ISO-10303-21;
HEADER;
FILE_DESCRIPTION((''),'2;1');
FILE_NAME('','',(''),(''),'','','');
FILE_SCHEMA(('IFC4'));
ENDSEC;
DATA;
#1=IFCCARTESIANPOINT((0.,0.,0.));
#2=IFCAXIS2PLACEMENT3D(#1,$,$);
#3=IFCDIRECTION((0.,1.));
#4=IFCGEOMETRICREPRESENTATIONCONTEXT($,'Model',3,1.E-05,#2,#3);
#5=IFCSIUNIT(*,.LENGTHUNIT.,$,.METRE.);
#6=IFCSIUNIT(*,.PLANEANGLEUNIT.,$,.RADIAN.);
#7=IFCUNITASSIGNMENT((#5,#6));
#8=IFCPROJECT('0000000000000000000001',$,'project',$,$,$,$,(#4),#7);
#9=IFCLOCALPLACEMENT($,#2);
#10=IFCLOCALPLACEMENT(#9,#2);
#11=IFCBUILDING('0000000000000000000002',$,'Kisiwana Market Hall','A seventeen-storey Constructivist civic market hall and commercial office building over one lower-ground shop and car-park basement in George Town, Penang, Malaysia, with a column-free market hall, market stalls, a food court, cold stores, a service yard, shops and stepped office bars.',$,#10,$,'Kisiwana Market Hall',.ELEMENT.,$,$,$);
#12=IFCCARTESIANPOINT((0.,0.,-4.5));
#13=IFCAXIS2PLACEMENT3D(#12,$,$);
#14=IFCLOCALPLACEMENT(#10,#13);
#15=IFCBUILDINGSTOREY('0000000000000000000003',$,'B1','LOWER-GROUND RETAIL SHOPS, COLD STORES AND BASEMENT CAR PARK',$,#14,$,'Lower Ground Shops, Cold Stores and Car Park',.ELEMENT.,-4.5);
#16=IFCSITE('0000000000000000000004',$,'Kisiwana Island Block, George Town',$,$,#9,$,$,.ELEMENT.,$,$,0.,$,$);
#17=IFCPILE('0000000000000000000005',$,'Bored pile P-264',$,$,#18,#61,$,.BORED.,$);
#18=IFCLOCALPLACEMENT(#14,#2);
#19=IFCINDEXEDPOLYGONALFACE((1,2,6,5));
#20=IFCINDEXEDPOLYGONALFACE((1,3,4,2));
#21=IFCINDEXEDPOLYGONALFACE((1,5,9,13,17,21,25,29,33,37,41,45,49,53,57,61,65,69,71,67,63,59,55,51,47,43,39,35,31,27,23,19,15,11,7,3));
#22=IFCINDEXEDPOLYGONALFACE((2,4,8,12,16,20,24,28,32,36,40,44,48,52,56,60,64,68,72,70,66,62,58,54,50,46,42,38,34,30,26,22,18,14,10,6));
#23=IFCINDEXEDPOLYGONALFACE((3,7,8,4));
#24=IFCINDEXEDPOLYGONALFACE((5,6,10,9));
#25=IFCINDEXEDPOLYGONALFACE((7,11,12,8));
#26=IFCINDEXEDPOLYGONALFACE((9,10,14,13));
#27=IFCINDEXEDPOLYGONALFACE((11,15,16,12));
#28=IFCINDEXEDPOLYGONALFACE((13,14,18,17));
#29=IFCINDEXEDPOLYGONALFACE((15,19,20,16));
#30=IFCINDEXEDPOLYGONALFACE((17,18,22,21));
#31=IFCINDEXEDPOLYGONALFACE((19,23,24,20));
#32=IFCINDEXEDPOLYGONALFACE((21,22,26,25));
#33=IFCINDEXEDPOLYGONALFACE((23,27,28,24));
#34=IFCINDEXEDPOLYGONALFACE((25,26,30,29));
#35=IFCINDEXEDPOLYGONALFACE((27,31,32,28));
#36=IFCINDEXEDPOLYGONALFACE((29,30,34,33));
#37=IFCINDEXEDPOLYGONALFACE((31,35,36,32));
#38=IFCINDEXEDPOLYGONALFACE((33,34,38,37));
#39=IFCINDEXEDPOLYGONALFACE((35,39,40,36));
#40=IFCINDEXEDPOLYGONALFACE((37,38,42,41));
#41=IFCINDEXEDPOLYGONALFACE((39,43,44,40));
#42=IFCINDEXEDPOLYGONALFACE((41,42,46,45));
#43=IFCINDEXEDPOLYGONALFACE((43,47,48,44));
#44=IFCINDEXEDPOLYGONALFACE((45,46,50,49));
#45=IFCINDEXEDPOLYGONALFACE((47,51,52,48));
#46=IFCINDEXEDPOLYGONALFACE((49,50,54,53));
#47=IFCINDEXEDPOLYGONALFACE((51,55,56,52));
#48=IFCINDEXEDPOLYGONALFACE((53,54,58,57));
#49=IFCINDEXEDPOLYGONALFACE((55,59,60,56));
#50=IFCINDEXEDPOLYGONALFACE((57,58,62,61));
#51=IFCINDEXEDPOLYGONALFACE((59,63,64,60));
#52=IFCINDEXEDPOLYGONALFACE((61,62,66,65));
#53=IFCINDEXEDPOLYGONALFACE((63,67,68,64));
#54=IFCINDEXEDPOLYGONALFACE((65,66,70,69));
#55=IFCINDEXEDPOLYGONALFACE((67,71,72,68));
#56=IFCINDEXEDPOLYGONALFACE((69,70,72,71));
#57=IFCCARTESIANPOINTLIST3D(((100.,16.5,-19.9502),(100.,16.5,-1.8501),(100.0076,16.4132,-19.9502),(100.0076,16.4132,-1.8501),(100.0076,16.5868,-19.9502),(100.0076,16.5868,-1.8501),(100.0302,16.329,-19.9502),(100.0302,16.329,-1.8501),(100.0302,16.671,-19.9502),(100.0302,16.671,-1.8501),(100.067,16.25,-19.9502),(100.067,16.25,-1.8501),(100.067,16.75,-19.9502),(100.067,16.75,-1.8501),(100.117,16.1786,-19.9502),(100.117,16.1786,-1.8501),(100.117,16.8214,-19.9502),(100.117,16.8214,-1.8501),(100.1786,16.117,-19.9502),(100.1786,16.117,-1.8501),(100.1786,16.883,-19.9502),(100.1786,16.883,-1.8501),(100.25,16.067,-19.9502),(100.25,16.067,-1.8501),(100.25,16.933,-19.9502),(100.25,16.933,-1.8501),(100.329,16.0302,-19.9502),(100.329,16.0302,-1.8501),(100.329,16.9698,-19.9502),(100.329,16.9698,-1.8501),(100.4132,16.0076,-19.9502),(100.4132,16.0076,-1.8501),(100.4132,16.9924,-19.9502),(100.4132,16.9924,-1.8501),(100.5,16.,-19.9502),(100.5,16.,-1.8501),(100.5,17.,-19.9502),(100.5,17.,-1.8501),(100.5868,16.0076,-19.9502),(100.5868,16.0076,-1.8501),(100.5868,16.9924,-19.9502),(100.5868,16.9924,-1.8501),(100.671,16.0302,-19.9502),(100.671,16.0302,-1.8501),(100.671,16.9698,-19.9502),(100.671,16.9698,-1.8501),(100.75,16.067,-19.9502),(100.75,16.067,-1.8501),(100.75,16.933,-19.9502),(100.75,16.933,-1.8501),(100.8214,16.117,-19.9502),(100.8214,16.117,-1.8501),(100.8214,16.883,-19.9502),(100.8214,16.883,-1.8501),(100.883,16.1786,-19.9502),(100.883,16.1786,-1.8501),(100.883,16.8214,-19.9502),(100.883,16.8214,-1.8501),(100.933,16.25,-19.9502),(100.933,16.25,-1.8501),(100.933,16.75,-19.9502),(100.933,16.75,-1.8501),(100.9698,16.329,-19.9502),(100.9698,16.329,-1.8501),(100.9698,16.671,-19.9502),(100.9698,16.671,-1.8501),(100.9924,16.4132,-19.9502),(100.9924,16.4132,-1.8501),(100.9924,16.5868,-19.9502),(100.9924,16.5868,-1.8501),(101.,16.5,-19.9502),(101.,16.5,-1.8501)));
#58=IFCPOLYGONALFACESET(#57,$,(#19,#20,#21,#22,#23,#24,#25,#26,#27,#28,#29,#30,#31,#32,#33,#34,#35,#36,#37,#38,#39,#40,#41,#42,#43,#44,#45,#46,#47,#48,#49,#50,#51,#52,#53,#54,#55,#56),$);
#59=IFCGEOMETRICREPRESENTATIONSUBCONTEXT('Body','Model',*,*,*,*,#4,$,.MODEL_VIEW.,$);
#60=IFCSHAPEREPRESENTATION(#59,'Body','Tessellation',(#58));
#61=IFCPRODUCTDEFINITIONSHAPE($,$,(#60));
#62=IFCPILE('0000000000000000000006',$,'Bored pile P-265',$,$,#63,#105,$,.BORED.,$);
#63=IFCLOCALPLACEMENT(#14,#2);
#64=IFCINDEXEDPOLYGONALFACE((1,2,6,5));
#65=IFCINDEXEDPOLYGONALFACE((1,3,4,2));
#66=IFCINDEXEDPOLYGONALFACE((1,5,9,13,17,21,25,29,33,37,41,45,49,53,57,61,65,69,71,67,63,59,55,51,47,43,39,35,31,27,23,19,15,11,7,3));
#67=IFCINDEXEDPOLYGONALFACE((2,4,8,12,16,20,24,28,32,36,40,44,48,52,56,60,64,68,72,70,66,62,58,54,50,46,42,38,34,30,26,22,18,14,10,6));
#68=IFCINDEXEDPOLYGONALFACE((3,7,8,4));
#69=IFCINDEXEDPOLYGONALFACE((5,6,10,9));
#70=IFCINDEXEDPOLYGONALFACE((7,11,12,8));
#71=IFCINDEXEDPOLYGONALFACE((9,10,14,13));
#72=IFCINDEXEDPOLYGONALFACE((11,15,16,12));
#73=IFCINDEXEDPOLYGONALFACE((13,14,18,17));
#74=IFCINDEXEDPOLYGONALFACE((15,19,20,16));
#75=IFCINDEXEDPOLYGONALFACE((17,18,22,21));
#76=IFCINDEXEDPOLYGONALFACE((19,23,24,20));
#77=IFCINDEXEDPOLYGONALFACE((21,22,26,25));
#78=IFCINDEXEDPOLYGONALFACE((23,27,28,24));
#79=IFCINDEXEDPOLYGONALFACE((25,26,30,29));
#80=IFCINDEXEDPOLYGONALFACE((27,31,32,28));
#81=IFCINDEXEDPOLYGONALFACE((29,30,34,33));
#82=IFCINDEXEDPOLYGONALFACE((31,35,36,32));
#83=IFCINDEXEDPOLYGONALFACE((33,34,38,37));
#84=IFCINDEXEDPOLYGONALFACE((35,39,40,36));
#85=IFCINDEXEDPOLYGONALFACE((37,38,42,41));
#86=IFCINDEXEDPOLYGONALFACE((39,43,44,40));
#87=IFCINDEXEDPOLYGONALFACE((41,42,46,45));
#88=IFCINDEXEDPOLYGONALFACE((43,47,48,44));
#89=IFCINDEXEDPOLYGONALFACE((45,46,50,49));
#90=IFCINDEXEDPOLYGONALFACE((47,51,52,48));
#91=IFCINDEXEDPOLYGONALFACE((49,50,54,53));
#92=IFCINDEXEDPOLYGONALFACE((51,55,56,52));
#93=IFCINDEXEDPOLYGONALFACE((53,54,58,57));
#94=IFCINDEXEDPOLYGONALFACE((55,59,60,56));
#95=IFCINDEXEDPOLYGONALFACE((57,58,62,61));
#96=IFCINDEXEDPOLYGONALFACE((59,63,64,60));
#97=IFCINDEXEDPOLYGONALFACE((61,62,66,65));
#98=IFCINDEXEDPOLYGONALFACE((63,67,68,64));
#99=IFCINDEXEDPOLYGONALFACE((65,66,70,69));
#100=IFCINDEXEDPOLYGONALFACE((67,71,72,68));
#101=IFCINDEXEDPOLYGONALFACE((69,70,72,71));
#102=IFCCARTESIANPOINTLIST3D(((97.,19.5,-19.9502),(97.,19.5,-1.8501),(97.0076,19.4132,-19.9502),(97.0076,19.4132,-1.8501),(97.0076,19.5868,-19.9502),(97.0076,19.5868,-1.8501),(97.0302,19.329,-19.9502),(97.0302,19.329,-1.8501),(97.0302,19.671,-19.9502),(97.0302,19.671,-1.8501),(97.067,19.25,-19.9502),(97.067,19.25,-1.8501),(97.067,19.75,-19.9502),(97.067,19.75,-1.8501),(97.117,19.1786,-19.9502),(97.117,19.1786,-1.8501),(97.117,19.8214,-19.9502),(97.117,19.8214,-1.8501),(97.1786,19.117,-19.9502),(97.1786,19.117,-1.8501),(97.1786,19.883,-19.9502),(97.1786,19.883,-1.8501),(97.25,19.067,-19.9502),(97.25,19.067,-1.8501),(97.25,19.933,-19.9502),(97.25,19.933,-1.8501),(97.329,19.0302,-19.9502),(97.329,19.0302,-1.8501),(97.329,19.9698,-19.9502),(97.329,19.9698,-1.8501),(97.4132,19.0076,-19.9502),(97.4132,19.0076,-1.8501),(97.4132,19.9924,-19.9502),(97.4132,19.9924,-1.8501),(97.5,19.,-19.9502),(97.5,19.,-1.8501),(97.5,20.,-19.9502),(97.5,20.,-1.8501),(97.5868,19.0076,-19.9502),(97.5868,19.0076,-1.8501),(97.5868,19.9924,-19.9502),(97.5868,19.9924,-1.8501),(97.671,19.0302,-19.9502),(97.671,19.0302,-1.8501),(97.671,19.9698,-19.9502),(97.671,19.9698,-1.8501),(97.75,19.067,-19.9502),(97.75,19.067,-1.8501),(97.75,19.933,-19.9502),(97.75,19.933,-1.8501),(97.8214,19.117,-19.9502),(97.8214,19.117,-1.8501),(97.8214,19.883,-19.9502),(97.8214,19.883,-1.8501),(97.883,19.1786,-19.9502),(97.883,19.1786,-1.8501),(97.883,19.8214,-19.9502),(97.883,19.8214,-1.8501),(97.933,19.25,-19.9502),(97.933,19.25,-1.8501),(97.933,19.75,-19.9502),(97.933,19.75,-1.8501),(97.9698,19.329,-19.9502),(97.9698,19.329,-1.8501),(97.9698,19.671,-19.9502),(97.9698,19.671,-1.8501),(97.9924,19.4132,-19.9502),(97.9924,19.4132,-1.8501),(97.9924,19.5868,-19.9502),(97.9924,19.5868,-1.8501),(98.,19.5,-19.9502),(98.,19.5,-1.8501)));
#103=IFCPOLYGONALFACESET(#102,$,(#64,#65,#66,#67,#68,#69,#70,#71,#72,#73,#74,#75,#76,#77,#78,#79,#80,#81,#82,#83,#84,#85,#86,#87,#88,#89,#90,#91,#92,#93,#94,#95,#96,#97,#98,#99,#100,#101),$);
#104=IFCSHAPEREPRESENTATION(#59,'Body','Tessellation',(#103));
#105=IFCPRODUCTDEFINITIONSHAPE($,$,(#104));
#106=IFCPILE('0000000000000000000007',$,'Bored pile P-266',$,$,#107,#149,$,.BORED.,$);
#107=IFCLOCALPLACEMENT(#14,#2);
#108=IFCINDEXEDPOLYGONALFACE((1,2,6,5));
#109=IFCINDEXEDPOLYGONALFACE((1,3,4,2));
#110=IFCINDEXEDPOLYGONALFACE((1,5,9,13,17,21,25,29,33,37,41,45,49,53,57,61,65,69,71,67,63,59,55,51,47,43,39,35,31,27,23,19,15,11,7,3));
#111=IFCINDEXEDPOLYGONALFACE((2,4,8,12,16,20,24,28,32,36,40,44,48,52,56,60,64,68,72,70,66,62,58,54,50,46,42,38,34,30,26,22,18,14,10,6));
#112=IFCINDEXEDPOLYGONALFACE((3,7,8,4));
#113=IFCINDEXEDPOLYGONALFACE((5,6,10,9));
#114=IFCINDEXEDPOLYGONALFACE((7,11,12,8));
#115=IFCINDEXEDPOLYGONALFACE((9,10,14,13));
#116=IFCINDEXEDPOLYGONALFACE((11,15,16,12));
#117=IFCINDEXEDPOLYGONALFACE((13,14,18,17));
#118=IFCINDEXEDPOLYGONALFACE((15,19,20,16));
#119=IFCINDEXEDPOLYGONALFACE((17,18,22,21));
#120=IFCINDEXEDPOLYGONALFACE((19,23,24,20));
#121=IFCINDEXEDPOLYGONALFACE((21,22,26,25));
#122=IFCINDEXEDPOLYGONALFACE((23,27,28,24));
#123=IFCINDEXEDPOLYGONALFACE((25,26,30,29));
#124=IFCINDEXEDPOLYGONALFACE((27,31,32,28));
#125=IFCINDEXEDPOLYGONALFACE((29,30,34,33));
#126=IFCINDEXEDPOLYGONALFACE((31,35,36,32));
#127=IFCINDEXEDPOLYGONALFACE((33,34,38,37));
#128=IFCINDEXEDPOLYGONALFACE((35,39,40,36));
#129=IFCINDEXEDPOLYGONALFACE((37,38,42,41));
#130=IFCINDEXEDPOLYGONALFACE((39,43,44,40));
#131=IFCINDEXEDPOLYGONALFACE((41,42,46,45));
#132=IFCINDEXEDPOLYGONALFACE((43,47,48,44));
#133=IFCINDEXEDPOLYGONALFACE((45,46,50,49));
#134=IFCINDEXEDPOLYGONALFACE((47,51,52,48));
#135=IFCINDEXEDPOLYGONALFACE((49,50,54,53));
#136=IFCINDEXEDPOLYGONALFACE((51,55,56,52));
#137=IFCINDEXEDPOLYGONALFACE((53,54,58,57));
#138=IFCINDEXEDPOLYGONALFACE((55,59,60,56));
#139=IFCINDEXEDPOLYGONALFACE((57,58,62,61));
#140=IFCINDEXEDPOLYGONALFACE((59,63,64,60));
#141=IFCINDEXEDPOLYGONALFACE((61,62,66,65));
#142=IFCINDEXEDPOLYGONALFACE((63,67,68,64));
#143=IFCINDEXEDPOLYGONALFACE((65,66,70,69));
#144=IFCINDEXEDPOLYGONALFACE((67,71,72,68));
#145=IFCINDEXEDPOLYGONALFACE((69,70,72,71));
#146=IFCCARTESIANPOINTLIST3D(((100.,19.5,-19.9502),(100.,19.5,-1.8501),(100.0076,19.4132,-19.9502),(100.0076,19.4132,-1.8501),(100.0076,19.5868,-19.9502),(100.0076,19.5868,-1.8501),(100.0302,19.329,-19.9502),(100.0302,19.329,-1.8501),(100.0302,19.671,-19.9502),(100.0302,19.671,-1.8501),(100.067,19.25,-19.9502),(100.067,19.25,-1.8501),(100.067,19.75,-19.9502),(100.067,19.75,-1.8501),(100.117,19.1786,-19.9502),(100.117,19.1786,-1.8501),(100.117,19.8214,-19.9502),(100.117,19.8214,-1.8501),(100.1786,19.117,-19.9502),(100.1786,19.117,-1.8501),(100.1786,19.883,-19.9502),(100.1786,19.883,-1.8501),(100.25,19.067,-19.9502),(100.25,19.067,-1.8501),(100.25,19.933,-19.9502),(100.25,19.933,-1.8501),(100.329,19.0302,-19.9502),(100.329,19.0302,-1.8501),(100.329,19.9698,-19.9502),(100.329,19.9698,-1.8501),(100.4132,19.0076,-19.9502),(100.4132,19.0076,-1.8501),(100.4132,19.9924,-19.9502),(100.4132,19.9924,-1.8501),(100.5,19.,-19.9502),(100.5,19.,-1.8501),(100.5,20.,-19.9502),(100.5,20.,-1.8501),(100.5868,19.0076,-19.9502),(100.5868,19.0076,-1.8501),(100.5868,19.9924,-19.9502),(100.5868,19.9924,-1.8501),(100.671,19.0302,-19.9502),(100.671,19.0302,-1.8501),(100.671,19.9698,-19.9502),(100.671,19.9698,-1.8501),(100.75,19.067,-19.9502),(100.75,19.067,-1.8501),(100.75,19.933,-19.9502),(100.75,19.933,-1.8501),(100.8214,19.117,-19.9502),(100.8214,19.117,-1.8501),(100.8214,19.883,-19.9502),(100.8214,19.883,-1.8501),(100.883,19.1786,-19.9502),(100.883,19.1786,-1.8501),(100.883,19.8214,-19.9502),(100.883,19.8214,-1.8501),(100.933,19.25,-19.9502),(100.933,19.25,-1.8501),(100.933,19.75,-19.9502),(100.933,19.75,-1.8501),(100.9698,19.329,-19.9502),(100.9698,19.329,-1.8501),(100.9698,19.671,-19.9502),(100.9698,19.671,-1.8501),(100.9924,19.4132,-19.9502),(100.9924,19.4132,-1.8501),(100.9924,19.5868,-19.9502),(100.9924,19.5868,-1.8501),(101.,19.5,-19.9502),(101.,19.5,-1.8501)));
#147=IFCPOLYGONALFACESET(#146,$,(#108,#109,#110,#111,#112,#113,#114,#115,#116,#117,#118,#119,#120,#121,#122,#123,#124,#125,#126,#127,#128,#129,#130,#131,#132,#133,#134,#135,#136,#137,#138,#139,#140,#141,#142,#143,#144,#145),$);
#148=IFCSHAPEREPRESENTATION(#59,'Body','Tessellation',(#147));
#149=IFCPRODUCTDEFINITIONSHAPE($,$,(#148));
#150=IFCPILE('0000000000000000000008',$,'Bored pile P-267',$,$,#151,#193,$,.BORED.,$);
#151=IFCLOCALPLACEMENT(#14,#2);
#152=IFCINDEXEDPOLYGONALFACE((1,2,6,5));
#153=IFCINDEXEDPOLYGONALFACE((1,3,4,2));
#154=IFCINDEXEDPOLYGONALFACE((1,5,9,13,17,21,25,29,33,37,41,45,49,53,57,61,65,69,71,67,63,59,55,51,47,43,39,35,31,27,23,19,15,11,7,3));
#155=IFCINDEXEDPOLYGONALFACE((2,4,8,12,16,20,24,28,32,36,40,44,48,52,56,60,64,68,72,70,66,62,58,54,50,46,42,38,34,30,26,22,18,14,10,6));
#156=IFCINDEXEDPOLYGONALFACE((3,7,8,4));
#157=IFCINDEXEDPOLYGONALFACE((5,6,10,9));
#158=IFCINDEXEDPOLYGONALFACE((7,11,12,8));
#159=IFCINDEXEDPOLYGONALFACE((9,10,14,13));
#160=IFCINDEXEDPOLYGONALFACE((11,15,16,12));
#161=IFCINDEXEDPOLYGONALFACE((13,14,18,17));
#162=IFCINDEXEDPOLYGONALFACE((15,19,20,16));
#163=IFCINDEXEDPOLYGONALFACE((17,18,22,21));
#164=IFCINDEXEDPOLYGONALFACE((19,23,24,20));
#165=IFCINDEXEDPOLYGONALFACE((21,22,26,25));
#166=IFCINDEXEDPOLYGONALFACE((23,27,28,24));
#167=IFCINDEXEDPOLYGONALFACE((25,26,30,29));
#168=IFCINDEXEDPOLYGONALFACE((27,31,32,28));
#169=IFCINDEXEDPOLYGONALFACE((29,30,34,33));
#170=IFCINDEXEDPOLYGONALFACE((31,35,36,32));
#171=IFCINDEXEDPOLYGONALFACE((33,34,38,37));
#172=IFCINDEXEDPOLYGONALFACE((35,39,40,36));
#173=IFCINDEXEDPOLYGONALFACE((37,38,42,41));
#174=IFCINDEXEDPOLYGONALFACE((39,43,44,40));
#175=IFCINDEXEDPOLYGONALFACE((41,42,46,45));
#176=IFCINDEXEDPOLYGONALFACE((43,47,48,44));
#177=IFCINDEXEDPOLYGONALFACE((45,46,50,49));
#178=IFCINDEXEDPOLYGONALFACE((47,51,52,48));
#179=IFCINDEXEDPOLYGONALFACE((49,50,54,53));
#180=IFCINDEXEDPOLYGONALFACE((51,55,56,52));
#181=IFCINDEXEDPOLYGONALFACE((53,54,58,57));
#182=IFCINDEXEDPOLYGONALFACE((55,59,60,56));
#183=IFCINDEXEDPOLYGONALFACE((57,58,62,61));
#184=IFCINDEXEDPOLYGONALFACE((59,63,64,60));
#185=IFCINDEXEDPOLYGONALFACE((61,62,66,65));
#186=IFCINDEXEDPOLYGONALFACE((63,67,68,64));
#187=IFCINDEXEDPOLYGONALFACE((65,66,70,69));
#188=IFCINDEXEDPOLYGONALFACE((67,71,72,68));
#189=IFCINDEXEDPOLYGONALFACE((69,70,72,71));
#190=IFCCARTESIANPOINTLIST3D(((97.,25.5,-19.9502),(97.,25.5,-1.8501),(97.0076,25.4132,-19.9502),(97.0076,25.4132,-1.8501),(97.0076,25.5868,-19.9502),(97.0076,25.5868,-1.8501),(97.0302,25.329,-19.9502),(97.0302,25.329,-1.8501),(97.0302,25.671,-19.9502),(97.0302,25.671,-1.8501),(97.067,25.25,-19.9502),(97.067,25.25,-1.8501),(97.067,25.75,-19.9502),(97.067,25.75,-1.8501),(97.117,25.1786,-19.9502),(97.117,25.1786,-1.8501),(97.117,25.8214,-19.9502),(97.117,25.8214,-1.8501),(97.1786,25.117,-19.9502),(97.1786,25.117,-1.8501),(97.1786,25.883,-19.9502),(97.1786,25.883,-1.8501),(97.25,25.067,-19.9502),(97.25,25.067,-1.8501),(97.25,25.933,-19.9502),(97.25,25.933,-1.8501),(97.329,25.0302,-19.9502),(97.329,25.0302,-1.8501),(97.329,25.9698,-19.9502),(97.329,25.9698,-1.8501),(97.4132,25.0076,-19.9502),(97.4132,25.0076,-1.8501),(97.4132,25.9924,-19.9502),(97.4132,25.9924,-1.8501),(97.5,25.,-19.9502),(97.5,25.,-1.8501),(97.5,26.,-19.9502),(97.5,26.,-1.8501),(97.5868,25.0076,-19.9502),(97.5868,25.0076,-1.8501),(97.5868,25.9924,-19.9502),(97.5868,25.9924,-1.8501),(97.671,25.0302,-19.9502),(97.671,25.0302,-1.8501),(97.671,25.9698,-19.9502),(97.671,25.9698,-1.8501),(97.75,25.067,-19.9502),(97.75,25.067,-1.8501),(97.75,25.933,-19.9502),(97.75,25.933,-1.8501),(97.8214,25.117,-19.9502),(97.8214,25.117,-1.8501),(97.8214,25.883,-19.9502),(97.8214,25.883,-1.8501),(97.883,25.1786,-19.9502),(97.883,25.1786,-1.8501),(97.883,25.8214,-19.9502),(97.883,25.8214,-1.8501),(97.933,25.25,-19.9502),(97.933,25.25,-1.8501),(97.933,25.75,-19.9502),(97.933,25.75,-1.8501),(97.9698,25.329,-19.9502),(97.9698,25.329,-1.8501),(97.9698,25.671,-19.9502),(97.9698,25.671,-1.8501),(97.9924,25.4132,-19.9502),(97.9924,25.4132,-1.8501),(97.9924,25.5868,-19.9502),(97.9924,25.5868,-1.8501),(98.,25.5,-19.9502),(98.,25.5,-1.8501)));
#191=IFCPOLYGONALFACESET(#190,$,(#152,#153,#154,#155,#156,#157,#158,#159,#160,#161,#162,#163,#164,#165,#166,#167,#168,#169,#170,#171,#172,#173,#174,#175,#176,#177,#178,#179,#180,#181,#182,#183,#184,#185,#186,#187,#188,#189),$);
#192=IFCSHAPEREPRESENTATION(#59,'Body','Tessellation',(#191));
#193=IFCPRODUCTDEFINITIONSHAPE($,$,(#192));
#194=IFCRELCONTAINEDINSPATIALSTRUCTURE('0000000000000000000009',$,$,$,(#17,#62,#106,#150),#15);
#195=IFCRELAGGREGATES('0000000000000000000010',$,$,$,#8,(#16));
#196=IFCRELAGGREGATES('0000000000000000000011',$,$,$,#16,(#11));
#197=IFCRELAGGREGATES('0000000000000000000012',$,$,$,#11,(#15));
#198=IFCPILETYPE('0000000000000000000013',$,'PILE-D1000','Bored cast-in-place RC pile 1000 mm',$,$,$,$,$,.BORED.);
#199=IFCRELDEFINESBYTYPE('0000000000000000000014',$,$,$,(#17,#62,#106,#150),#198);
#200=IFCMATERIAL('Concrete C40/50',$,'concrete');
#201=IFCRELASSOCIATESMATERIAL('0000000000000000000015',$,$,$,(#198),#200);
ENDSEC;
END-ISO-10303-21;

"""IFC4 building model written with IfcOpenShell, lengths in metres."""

from ifc_helpers import new_model, si_unit, direction, frame, origin, origin_2d, place, context, subcontext, project, spatial, circle, extrude, material, material_profile, profile_set, type_object, element, save


model = new_model("IFC4")

# Units and contexts
model_context = context("Model", 3, precision=1e-05, world=origin(), true_north=direction((0.0, 1.0)))
body_context = subcontext(model_context, "Body", "Model", "MODEL_VIEW")
ifc_project = project(units=[si_unit("LENGTHUNIT", "METRE"), si_unit("PLANEANGLEUNIT", "RADIAN")], contexts=[model_context])

# Site, building, storey
site_placement = place(None, origin())
site = spatial("IfcSite", under=ifc_project, at=site_placement, Name="Kisiwana Island Block, George Town", CompositionType="ELEMENT", RefElevation=0.0)
building_placement = place(site_placement, origin())
building = spatial("IfcBuilding", under=site, at=building_placement, Name="Kisiwana Market Hall", Description="A seventeen-storey Constructivist civic market hall and commercial office building over one lower-ground shop and car-park basement in George Town, Penang, Malaysia, with a column-free market hall, market stalls, a food court, cold stores, a service yard, shops and stepped office bars.", LongName="Kisiwana Market Hall", CompositionType="ELEMENT")
storey_placement = place(building_placement, frame((0.0, 0.0, -4.5)))
storey = spatial("IfcBuildingStorey", under=building, at=storey_placement, Name="B1", Description="LOWER-GROUND RETAIL SHOPS, COLD STORES AND BASEMENT CAR PARK", LongName="Lower Ground Shops, Cold Stores and Car Park", CompositionType="ELEMENT", Elevation=-4.5)

# Piles
ifc_material_1 = material(Name="Concrete C40/50", Category="concrete")
ifc_material_profile_1 = material_profile(ifc_material_1, circle(Radius=0.5, at=origin_2d()), Name="BP D1000")
ifc_profile_set_1 = profile_set([ifc_material_profile_1], Name="Concrete C40/50")
pile_type_1 = type_object("IfcPileType", Name="PILE-D1000", Description="Bored cast-in-place RC pile 1000 mm", PredefinedType="BORED", material=ifc_profile_set_1)
for number, where, z_axis, x_axis, name in (
    (1, (100.5, 16.5, -1.8501), (0.0, 0.0, -1.0), (1.0, 0.0, 0.0), "Bored pile P-264"),
    (2, (97.5, 19.5, -1.8501), (0.0, 0.0, -1.0), (1.0, 0.0, 0.0), "Bored pile P-265"),
    (3, (100.5, 19.5, -1.8501), (0.0, 0.0, -1.0), (1.0, 0.0, 0.0), "Bored pile P-266"),
    (4, (97.5, 25.5, -1.8501), (0.0, 0.0, -1.0), (1.0, 0.0, 0.0), "Bored pile P-267"),
):
    element("IfcPile", number, at=place(storey_placement, frame(where, z_axis=z_axis, x_axis=x_axis)), inside=storey, type_object=pile_type_1, Name=name, PredefinedType="BORED", context=body_context, shape_type="SweptSolid", body=[
        extrude(circle(Radius=0.5, at=origin_2d()), origin(), (0.0, 0.0, 1.0), 18.1001),
    ])

save(model, "model.ifc")
